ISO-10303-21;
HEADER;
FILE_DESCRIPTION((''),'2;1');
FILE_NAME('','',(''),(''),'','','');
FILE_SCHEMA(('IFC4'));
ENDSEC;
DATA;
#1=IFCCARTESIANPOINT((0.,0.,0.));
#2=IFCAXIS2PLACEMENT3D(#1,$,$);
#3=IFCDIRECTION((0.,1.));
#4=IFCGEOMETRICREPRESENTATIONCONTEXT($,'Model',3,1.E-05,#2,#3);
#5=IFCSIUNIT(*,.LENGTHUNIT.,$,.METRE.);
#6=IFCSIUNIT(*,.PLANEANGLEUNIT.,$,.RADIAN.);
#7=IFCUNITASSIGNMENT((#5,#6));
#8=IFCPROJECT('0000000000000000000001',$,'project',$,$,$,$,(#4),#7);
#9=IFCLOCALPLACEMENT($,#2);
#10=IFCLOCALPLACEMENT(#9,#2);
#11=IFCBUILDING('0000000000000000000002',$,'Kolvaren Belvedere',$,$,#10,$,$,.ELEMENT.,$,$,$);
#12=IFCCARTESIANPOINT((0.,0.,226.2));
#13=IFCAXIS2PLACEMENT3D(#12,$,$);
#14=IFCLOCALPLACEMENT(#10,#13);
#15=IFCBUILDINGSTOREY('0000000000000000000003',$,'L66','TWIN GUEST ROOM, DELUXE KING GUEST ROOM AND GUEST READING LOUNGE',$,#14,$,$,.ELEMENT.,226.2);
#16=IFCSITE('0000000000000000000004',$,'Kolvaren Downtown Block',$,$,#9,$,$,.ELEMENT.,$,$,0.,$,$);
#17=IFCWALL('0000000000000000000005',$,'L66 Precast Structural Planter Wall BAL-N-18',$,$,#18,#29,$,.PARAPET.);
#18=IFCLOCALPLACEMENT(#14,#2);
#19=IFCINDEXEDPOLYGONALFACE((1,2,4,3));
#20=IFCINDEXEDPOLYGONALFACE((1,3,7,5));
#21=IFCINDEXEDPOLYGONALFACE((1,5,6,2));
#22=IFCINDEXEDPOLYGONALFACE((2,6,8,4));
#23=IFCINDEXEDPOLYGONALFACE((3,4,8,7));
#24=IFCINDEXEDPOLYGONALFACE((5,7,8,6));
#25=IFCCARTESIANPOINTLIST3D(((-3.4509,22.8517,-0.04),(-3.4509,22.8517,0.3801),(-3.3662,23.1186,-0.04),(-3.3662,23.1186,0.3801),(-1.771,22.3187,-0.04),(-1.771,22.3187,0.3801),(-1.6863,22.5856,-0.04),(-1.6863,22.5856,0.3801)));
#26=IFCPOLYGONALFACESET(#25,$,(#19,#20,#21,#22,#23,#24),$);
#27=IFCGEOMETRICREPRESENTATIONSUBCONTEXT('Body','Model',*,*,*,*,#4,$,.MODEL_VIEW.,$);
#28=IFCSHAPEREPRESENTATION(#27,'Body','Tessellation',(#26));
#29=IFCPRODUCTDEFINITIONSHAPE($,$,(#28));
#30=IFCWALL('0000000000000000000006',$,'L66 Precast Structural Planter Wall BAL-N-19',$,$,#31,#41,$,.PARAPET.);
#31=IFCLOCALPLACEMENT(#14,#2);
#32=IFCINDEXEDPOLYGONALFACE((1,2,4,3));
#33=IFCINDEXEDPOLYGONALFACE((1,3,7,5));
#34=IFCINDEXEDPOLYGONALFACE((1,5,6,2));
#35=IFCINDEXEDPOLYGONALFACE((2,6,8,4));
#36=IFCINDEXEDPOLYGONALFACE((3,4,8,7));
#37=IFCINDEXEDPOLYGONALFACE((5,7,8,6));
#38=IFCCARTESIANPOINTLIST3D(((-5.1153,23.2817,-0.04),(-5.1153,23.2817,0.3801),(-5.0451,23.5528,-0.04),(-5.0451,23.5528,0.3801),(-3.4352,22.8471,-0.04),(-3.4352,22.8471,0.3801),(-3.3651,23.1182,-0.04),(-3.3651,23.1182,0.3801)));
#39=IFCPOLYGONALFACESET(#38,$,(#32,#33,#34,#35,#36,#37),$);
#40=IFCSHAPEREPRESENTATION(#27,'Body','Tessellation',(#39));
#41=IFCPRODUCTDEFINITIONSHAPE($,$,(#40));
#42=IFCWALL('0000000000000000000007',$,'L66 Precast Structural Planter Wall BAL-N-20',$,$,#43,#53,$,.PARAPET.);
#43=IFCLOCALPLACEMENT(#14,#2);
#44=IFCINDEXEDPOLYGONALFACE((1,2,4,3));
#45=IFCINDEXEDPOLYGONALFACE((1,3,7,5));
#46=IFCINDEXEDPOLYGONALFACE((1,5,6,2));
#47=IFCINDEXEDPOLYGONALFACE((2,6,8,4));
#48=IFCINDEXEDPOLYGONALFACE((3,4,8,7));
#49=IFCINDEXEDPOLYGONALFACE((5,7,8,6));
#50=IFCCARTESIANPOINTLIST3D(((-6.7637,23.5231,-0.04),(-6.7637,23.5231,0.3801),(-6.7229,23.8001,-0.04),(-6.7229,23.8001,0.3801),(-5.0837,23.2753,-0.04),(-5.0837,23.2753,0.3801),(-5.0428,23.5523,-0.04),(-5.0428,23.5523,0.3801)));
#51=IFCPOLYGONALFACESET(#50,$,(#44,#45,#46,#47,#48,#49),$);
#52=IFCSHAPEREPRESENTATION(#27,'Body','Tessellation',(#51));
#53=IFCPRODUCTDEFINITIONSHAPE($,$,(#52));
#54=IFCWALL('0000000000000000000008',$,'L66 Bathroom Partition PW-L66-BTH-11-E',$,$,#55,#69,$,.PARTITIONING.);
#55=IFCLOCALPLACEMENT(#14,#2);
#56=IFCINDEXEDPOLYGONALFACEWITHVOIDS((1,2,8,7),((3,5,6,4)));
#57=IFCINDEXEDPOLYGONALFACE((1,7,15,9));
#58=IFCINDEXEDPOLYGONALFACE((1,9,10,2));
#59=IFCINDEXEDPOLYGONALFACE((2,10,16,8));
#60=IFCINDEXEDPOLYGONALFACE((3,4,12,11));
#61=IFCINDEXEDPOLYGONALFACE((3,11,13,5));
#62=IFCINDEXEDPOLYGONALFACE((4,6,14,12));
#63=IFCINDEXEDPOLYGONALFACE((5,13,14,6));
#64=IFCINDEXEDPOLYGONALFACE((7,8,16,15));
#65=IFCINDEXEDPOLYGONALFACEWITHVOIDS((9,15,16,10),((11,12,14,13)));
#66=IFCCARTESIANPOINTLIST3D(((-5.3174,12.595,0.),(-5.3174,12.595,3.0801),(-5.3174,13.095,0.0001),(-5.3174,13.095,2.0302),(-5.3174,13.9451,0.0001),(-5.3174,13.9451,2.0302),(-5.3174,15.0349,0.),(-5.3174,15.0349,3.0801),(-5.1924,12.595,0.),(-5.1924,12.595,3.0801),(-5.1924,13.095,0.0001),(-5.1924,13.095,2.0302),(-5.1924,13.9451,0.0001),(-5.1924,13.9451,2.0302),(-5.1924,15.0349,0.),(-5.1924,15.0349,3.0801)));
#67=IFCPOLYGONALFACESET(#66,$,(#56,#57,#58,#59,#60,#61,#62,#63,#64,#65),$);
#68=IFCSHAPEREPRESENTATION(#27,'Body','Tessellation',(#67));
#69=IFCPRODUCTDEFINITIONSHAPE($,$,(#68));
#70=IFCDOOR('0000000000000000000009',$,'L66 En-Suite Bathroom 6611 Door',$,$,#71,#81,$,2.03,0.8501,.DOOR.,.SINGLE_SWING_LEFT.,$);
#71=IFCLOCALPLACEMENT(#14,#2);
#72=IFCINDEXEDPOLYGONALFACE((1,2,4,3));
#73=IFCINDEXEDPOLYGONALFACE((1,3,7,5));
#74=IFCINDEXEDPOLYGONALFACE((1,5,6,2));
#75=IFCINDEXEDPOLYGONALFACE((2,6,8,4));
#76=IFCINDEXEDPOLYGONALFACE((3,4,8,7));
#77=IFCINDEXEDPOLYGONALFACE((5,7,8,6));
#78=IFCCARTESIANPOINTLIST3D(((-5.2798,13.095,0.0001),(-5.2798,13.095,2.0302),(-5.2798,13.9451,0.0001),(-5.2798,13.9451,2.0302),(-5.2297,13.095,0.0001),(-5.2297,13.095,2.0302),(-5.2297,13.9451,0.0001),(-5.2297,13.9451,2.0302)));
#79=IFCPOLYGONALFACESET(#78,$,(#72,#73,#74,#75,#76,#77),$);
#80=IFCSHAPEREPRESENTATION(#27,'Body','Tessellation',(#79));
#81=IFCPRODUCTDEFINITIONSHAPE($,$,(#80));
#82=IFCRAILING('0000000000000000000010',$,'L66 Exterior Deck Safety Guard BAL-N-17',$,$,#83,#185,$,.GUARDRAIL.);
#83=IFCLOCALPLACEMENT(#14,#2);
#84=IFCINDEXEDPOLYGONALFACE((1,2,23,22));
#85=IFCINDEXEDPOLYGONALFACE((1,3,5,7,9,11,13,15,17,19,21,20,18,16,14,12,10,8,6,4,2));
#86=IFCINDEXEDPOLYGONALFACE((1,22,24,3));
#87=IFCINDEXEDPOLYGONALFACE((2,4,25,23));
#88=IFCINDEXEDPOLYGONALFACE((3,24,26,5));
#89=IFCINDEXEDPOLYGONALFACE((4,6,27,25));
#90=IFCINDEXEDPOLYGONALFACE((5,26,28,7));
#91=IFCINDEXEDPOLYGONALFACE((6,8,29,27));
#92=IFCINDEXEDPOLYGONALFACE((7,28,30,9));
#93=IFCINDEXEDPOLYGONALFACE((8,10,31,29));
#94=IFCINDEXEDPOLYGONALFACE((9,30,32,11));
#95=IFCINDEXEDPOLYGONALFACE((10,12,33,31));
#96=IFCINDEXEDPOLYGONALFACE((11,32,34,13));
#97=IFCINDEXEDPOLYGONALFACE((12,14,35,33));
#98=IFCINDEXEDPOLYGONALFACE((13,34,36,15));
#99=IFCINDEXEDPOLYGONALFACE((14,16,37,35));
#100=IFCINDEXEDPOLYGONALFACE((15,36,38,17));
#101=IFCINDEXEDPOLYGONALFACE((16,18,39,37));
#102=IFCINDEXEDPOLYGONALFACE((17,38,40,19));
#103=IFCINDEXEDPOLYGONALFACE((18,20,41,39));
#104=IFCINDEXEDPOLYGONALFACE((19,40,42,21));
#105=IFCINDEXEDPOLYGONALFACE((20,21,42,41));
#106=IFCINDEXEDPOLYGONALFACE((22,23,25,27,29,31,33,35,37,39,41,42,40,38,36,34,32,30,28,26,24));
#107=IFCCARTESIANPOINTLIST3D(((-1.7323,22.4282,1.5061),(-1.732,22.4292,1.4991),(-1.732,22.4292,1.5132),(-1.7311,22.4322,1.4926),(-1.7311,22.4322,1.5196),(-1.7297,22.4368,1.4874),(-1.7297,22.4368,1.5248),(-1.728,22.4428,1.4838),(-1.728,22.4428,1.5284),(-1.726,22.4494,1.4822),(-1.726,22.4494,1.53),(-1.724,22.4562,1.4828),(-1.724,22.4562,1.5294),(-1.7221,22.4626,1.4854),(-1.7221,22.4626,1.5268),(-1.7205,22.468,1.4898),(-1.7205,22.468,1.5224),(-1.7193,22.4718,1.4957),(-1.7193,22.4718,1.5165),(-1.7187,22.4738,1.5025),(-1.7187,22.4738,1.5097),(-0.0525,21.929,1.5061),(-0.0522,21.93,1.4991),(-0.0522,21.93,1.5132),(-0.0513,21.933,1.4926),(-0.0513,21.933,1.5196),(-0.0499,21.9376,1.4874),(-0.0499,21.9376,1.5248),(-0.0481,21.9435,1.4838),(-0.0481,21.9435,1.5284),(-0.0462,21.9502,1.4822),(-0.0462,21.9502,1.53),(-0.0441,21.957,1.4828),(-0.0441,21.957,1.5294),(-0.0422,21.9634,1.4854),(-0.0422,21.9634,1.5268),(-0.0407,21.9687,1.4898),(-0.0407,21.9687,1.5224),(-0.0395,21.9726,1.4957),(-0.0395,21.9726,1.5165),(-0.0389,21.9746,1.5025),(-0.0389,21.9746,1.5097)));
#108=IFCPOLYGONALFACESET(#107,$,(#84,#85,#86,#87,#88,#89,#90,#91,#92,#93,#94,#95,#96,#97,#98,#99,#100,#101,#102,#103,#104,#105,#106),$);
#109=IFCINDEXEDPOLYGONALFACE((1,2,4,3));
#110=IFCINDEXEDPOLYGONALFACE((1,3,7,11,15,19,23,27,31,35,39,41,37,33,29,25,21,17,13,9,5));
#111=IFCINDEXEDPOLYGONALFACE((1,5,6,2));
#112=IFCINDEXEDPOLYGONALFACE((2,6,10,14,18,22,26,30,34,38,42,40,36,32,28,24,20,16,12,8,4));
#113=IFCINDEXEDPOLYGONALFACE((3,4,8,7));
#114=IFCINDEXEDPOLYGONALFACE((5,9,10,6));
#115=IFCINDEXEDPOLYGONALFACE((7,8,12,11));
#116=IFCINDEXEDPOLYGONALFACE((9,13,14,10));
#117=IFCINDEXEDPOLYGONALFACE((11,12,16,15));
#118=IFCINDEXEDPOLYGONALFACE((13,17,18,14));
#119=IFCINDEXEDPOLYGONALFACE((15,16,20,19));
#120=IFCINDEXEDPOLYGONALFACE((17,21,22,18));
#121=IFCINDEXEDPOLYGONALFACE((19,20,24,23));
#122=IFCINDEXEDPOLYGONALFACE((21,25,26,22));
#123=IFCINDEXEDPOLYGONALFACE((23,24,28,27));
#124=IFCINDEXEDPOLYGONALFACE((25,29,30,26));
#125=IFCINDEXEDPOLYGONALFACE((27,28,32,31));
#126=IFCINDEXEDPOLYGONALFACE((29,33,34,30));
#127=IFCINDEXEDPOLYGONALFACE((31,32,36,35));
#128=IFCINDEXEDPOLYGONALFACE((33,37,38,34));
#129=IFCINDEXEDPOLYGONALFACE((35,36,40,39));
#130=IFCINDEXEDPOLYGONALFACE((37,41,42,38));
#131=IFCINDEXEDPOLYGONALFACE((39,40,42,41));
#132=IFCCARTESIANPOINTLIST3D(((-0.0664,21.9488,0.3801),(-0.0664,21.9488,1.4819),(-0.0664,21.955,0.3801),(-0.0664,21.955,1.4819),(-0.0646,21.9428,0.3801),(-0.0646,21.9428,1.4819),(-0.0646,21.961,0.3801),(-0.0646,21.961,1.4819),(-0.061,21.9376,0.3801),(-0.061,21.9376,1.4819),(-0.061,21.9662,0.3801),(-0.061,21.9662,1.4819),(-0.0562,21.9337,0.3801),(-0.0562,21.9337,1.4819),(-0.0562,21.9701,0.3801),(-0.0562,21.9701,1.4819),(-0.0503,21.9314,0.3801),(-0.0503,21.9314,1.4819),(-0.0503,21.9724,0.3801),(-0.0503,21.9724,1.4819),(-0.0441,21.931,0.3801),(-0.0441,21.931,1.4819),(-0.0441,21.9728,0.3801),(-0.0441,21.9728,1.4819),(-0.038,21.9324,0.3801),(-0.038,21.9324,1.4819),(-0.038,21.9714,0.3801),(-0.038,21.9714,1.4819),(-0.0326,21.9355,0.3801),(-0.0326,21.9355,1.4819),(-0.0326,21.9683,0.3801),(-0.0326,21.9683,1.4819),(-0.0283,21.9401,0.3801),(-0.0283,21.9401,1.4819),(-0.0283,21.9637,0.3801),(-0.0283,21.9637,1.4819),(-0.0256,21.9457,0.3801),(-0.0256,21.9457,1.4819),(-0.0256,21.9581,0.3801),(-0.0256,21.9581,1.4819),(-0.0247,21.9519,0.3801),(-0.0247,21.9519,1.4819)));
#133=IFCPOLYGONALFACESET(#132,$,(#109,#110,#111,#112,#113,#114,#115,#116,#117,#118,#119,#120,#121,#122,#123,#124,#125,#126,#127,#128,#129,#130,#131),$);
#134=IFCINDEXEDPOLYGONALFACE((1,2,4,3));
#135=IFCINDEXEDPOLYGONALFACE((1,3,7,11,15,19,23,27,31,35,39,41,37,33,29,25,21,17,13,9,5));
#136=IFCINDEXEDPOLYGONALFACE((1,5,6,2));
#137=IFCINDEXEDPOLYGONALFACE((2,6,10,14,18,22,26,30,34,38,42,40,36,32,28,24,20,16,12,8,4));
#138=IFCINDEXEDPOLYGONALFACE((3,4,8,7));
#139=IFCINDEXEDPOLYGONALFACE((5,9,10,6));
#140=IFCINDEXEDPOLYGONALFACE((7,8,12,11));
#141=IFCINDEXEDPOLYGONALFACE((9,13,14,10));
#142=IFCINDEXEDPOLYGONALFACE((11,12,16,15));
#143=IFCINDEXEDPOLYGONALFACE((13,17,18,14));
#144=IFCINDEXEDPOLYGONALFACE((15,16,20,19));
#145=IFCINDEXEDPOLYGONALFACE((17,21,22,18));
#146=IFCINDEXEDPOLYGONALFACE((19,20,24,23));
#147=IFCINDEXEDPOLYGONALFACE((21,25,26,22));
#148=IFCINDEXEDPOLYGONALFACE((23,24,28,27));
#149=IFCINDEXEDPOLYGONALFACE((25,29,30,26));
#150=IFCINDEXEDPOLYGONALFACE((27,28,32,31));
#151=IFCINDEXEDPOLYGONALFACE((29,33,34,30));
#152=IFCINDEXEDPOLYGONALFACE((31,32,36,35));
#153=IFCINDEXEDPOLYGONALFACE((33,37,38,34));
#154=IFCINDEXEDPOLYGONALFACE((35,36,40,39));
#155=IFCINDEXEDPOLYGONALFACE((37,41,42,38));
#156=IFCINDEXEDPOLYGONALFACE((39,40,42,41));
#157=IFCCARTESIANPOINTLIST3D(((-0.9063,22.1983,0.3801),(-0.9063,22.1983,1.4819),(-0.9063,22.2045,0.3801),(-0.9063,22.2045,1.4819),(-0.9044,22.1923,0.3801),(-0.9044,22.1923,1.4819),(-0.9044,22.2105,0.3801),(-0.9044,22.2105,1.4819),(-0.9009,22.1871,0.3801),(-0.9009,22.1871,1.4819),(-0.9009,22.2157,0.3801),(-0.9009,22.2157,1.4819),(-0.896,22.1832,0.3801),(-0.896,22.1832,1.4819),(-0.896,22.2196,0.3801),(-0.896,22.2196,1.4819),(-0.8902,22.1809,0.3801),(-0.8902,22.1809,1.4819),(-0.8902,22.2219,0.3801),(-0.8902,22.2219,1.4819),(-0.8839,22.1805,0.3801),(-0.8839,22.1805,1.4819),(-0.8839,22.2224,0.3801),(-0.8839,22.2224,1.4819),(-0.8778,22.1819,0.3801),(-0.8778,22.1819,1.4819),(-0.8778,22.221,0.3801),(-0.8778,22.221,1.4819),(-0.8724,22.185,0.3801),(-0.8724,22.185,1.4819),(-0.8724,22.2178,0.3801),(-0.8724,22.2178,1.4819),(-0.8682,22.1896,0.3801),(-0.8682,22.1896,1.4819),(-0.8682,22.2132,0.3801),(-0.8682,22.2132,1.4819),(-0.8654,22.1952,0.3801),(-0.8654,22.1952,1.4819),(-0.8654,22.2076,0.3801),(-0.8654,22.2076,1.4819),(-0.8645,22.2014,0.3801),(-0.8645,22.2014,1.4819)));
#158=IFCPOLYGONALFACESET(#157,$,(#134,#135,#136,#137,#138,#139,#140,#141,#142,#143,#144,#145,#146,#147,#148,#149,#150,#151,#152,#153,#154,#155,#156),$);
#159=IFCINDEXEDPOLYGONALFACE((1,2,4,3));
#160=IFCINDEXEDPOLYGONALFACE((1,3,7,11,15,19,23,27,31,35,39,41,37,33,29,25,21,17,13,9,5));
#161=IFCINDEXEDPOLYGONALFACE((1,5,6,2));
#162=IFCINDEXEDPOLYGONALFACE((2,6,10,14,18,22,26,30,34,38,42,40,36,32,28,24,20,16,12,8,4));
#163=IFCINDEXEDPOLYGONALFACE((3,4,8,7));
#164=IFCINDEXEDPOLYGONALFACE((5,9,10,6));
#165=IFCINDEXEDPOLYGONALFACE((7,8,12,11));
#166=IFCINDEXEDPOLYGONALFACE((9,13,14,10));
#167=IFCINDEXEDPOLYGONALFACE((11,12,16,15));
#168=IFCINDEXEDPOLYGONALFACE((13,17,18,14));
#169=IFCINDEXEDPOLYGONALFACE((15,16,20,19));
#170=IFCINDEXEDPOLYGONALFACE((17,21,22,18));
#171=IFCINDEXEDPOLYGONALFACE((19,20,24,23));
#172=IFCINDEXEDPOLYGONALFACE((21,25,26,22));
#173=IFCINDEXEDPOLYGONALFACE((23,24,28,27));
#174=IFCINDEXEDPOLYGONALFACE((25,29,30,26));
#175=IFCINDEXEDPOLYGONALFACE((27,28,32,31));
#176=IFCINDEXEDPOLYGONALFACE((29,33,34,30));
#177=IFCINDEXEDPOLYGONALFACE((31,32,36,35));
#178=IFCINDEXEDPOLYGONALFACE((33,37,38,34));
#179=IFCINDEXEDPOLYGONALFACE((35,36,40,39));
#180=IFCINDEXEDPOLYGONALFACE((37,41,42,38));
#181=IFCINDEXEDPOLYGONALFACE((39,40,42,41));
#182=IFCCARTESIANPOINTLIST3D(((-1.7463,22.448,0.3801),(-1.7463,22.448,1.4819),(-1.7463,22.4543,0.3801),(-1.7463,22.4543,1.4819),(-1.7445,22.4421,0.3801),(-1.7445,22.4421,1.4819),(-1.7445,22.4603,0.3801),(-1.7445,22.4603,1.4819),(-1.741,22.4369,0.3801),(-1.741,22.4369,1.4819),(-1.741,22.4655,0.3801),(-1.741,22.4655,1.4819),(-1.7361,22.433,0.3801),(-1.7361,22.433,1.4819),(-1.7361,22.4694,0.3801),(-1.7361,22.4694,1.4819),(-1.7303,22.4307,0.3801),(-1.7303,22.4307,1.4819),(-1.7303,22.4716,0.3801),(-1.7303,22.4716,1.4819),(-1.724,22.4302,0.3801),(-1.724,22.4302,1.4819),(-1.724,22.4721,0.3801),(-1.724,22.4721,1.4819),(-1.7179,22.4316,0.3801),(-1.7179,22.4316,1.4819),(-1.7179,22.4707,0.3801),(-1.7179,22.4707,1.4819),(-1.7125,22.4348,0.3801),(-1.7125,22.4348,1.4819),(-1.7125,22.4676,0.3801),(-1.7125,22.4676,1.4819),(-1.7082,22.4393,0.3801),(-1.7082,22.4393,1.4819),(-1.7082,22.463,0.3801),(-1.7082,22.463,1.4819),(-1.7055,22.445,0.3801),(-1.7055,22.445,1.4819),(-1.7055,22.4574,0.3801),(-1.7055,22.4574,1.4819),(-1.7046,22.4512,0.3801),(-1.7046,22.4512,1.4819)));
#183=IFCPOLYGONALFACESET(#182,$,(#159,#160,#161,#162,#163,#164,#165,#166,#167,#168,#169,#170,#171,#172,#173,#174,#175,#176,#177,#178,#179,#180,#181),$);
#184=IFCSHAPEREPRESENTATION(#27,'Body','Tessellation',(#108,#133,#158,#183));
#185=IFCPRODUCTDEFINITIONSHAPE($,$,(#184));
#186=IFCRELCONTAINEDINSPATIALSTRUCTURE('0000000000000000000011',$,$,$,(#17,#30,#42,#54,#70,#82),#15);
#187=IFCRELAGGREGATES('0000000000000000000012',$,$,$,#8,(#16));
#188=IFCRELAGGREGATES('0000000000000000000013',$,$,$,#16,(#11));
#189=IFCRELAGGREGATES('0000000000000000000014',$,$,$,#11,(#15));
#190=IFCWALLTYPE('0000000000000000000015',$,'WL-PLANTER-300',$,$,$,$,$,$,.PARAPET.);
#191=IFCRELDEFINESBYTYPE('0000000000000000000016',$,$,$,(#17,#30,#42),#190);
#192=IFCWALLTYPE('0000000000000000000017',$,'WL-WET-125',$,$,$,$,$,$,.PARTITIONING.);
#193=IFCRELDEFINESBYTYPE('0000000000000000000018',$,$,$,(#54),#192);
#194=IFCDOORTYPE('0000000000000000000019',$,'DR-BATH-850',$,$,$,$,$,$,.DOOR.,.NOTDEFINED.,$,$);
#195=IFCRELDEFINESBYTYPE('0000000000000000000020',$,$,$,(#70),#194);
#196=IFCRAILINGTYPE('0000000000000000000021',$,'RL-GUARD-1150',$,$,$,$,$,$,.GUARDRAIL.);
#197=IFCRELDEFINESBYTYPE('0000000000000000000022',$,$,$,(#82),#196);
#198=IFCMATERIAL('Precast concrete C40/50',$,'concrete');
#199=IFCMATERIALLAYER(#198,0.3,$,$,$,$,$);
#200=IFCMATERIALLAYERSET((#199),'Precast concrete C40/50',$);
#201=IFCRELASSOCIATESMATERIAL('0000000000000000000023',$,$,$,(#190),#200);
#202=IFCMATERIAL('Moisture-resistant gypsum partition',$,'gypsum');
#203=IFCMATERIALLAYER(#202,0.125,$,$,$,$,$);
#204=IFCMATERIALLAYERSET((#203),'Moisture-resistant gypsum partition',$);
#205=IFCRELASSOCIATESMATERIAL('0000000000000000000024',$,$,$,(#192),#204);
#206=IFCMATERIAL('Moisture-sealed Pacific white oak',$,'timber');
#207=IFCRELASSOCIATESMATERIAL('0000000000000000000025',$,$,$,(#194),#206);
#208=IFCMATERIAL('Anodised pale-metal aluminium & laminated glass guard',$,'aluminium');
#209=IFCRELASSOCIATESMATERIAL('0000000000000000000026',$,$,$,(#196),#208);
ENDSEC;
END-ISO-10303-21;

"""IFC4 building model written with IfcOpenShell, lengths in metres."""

from ifc_helpers import new_model, si_unit, direction, frame, frame_2d, origin, origin_2d, place, context, subcontext, project, spatial, rectangle, circle, extrude, material, layer, layer_set, type_object, element, fill, save


model = new_model("IFC4")

# Units and contexts
model_context = context("Model", 3, precision=1e-05, world=origin(), true_north=direction((0.0, 1.0)))
body_context = subcontext(model_context, "Body", "Model", "MODEL_VIEW")
ifc_project = project(units=[si_unit("LENGTHUNIT", "METRE"), si_unit("PLANEANGLEUNIT", "RADIAN")], contexts=[model_context])

# Site, building, storey
site_placement = place(None, origin())
site = spatial("IfcSite", under=ifc_project, at=site_placement, Name="Kolvaren Downtown Block", CompositionType="ELEMENT", RefElevation=0.0)
building_placement = place(site_placement, origin())
building = spatial("IfcBuilding", under=site, at=building_placement, Name="Kolvaren Belvedere", CompositionType="ELEMENT")
storey_placement = place(building_placement, frame((0.0, 0.0, 226.2)))
storey = spatial("IfcBuildingStorey", under=building, at=storey_placement, Name="L66", Description="TWIN GUEST ROOM, DELUXE KING GUEST ROOM AND GUEST READING LOUNGE", CompositionType="ELEMENT", Elevation=226.2)

# Walls
ifc_material_1 = material(Name="Precast concrete C40/50", Category="concrete")
ifc_layer_1 = layer(ifc_material_1, 0.3)
ifc_layer_set_1 = layer_set([ifc_layer_1], Name="Precast concrete C40/50")
wall_type_1 = type_object("IfcWallType", Name="WL-PLANTER-300", PredefinedType="PARAPET", material=ifc_layer_set_1)
wall_1_placement = place(storey_placement, frame((-1.7285, 22.4521, -0.04), z_axis=(0.0, 0.0, 1.0), x_axis=(-0.953182, 0.302397, 0.0)))
element("IfcWall", 1, at=wall_1_placement, inside=storey, type_object=wall_type_1, Name="L66 Precast Structural Planter Wall BAL-N-18", PredefinedType="PARAPET", context=body_context, shape_type="SweptSolid", body=[
    extrude(rectangle(XDim=1.7625, YDim=0.28, at=frame_2d((0.8813, 0.0))), origin(), (0.0, 0.0, 1.0), 0.4202),
])
wall_2_placement = place(storey_placement, frame((-3.4001, 22.9827, -0.04), z_axis=(0.0, 0.0, 1.0), x_axis=(-0.968132, 0.25044, 0.0)))
element("IfcWall", 2, at=wall_2_placement, inside=storey, type_object=wall_type_1, Name="L66 Precast Structural Planter Wall BAL-N-19", PredefinedType="PARAPET", context=body_context, shape_type="SweptSolid", body=[
    extrude(rectangle(XDim=1.7354, YDim=0.28, at=frame_2d((0.8677, 0.0))), origin(), (0.0, 0.0, 1.0), 0.4202),
])
wall_3_placement = place(storey_placement, frame((-5.0632, 23.4138, -0.04), z_axis=(0.0, 0.0, 1.0), x_axis=(-0.989298, 0.145908, 0.0)))
element("IfcWall", 3, at=wall_3_placement, inside=storey, type_object=wall_type_1, Name="L66 Precast Structural Planter Wall BAL-N-20", PredefinedType="PARAPET", context=body_context, shape_type="SweptSolid", body=[
    extrude(rectangle(XDim=1.6982, YDim=0.28, at=frame_2d((0.8491, 0.0))), origin(), (0.0, 0.0, 1.0), 0.4202),
])

# Wall, opening, door
ifc_material_2 = material(Name="Moisture-resistant gypsum partition", Category="gypsum")
ifc_layer_2 = layer(ifc_material_2, 0.125)
ifc_layer_set_2 = layer_set([ifc_layer_2], Name="Moisture-resistant gypsum partition")
wall_type_2 = type_object("IfcWallType", Name="WL-WET-125", PredefinedType="PARTITIONING", material=ifc_layer_set_2)
wall_4_placement = place(storey_placement, frame((-5.2549, 12.595, 0.0), z_axis=(0.0, 0.0, 1.0), x_axis=(0.0, 1.0, 0.0)))
wall_4 = element("IfcWall", 4, at=wall_4_placement, inside=storey, type_object=wall_type_2, Name="L66 Bathroom Partition PW-L66-BTH-11-E", PredefinedType="PARTITIONING", context=body_context, shape_type="SweptSolid", body=[
    extrude(rectangle(XDim=2.4399, YDim=0.125, at=frame_2d((1.22, 0.0))), origin(), (0.0, 0.0, 1.0), 3.0801),
])
opening_1_placement = place(wall_4_placement, frame((0.5, 0.0, 0.0)))
opening_1 = element("IfcOpeningElement", 5, at=opening_1_placement, cuts=wall_4, PredefinedType="OPENING", context=body_context, shape_type="SweptSolid", body=[
    extrude(rectangle(XDim=0.8501, YDim=2.03, at=frame_2d((0.425, 1.0151))), frame((0.0, 0.0725, 0.0), z_axis=(0.0, -1.0, 0.0), x_axis=(1.0, 0.0, 0.0)), (0.0, 0.0, 1.0), 0.145),
])
ifc_material_3 = material(Name="Moisture-sealed Pacific white oak", Category="timber")
door_type_1 = type_object("IfcDoorType", Name="DR-BATH-850", OperationType="NOTDEFINED", PredefinedType="DOOR", material=ifc_material_3)
door_1_placement = place(opening_1_placement, origin())
door_1 = element("IfcDoor", 6, at=door_1_placement, inside=storey, type_object=door_type_1, Name="L66 En-Suite Bathroom 6611 Door", OperationType="SINGLE_SWING_LEFT", OverallHeight=2.03, OverallWidth=0.8501, PredefinedType="DOOR", context=body_context, shape_type="SweptSolid", body=[
    extrude(rectangle(XDim=0.8501, YDim=2.03, at=frame_2d((0.425, 1.0151))), frame((0.0, 0.0249, 0.0), z_axis=(0.0, -1.0, 0.0), x_axis=(1.0, 0.0, 0.0)), (0.0, 0.0, 1.0), 0.05),
])
fill(opening_1, door_1)

# Railing
ifc_material_4 = material(Name="Anodised pale-metal aluminium & laminated glass guard", Category="aluminium")
railing_type = type_object("IfcRailingType", Name="RL-GUARD-1150", PredefinedType="GUARDRAIL", material=ifc_material_4)
railing_1_placement = place(storey_placement, frame((-0.0457, 21.9519, 0.3801)))
element("IfcRailing", 7, at=railing_1_placement, inside=storey, type_object=railing_type, Name="L66 Exterior Deck Safety Guard BAL-N-17", PredefinedType="GUARDRAIL", context=body_context, shape_type="SweptSolid", body=[
    extrude(circle(Radius=0.0239, at=origin_2d()), frame((0.0, 0.0, 1.126), z_axis=(-0.958563, 0.28488, 0.0), x_axis=(-0.28488, -0.958563, 0.0)), (0.0, 0.0, 1.0), 1.7524),
    extrude(circle(Radius=0.021, at=origin_2d()), origin(), (0.0, 0.0, 1.0), 1.1018),
    extrude(circle(Radius=0.021, at=origin_2d()), frame((-0.8398, 0.2495, 0.0)), (0.0, 0.0, 1.0), 1.1018),
    extrude(circle(Radius=0.021, at=origin_2d()), frame((-1.6799, 0.4993, 0.0)), (0.0, 0.0, 1.0), 1.1018),
])

save(model, "model.ifc")
